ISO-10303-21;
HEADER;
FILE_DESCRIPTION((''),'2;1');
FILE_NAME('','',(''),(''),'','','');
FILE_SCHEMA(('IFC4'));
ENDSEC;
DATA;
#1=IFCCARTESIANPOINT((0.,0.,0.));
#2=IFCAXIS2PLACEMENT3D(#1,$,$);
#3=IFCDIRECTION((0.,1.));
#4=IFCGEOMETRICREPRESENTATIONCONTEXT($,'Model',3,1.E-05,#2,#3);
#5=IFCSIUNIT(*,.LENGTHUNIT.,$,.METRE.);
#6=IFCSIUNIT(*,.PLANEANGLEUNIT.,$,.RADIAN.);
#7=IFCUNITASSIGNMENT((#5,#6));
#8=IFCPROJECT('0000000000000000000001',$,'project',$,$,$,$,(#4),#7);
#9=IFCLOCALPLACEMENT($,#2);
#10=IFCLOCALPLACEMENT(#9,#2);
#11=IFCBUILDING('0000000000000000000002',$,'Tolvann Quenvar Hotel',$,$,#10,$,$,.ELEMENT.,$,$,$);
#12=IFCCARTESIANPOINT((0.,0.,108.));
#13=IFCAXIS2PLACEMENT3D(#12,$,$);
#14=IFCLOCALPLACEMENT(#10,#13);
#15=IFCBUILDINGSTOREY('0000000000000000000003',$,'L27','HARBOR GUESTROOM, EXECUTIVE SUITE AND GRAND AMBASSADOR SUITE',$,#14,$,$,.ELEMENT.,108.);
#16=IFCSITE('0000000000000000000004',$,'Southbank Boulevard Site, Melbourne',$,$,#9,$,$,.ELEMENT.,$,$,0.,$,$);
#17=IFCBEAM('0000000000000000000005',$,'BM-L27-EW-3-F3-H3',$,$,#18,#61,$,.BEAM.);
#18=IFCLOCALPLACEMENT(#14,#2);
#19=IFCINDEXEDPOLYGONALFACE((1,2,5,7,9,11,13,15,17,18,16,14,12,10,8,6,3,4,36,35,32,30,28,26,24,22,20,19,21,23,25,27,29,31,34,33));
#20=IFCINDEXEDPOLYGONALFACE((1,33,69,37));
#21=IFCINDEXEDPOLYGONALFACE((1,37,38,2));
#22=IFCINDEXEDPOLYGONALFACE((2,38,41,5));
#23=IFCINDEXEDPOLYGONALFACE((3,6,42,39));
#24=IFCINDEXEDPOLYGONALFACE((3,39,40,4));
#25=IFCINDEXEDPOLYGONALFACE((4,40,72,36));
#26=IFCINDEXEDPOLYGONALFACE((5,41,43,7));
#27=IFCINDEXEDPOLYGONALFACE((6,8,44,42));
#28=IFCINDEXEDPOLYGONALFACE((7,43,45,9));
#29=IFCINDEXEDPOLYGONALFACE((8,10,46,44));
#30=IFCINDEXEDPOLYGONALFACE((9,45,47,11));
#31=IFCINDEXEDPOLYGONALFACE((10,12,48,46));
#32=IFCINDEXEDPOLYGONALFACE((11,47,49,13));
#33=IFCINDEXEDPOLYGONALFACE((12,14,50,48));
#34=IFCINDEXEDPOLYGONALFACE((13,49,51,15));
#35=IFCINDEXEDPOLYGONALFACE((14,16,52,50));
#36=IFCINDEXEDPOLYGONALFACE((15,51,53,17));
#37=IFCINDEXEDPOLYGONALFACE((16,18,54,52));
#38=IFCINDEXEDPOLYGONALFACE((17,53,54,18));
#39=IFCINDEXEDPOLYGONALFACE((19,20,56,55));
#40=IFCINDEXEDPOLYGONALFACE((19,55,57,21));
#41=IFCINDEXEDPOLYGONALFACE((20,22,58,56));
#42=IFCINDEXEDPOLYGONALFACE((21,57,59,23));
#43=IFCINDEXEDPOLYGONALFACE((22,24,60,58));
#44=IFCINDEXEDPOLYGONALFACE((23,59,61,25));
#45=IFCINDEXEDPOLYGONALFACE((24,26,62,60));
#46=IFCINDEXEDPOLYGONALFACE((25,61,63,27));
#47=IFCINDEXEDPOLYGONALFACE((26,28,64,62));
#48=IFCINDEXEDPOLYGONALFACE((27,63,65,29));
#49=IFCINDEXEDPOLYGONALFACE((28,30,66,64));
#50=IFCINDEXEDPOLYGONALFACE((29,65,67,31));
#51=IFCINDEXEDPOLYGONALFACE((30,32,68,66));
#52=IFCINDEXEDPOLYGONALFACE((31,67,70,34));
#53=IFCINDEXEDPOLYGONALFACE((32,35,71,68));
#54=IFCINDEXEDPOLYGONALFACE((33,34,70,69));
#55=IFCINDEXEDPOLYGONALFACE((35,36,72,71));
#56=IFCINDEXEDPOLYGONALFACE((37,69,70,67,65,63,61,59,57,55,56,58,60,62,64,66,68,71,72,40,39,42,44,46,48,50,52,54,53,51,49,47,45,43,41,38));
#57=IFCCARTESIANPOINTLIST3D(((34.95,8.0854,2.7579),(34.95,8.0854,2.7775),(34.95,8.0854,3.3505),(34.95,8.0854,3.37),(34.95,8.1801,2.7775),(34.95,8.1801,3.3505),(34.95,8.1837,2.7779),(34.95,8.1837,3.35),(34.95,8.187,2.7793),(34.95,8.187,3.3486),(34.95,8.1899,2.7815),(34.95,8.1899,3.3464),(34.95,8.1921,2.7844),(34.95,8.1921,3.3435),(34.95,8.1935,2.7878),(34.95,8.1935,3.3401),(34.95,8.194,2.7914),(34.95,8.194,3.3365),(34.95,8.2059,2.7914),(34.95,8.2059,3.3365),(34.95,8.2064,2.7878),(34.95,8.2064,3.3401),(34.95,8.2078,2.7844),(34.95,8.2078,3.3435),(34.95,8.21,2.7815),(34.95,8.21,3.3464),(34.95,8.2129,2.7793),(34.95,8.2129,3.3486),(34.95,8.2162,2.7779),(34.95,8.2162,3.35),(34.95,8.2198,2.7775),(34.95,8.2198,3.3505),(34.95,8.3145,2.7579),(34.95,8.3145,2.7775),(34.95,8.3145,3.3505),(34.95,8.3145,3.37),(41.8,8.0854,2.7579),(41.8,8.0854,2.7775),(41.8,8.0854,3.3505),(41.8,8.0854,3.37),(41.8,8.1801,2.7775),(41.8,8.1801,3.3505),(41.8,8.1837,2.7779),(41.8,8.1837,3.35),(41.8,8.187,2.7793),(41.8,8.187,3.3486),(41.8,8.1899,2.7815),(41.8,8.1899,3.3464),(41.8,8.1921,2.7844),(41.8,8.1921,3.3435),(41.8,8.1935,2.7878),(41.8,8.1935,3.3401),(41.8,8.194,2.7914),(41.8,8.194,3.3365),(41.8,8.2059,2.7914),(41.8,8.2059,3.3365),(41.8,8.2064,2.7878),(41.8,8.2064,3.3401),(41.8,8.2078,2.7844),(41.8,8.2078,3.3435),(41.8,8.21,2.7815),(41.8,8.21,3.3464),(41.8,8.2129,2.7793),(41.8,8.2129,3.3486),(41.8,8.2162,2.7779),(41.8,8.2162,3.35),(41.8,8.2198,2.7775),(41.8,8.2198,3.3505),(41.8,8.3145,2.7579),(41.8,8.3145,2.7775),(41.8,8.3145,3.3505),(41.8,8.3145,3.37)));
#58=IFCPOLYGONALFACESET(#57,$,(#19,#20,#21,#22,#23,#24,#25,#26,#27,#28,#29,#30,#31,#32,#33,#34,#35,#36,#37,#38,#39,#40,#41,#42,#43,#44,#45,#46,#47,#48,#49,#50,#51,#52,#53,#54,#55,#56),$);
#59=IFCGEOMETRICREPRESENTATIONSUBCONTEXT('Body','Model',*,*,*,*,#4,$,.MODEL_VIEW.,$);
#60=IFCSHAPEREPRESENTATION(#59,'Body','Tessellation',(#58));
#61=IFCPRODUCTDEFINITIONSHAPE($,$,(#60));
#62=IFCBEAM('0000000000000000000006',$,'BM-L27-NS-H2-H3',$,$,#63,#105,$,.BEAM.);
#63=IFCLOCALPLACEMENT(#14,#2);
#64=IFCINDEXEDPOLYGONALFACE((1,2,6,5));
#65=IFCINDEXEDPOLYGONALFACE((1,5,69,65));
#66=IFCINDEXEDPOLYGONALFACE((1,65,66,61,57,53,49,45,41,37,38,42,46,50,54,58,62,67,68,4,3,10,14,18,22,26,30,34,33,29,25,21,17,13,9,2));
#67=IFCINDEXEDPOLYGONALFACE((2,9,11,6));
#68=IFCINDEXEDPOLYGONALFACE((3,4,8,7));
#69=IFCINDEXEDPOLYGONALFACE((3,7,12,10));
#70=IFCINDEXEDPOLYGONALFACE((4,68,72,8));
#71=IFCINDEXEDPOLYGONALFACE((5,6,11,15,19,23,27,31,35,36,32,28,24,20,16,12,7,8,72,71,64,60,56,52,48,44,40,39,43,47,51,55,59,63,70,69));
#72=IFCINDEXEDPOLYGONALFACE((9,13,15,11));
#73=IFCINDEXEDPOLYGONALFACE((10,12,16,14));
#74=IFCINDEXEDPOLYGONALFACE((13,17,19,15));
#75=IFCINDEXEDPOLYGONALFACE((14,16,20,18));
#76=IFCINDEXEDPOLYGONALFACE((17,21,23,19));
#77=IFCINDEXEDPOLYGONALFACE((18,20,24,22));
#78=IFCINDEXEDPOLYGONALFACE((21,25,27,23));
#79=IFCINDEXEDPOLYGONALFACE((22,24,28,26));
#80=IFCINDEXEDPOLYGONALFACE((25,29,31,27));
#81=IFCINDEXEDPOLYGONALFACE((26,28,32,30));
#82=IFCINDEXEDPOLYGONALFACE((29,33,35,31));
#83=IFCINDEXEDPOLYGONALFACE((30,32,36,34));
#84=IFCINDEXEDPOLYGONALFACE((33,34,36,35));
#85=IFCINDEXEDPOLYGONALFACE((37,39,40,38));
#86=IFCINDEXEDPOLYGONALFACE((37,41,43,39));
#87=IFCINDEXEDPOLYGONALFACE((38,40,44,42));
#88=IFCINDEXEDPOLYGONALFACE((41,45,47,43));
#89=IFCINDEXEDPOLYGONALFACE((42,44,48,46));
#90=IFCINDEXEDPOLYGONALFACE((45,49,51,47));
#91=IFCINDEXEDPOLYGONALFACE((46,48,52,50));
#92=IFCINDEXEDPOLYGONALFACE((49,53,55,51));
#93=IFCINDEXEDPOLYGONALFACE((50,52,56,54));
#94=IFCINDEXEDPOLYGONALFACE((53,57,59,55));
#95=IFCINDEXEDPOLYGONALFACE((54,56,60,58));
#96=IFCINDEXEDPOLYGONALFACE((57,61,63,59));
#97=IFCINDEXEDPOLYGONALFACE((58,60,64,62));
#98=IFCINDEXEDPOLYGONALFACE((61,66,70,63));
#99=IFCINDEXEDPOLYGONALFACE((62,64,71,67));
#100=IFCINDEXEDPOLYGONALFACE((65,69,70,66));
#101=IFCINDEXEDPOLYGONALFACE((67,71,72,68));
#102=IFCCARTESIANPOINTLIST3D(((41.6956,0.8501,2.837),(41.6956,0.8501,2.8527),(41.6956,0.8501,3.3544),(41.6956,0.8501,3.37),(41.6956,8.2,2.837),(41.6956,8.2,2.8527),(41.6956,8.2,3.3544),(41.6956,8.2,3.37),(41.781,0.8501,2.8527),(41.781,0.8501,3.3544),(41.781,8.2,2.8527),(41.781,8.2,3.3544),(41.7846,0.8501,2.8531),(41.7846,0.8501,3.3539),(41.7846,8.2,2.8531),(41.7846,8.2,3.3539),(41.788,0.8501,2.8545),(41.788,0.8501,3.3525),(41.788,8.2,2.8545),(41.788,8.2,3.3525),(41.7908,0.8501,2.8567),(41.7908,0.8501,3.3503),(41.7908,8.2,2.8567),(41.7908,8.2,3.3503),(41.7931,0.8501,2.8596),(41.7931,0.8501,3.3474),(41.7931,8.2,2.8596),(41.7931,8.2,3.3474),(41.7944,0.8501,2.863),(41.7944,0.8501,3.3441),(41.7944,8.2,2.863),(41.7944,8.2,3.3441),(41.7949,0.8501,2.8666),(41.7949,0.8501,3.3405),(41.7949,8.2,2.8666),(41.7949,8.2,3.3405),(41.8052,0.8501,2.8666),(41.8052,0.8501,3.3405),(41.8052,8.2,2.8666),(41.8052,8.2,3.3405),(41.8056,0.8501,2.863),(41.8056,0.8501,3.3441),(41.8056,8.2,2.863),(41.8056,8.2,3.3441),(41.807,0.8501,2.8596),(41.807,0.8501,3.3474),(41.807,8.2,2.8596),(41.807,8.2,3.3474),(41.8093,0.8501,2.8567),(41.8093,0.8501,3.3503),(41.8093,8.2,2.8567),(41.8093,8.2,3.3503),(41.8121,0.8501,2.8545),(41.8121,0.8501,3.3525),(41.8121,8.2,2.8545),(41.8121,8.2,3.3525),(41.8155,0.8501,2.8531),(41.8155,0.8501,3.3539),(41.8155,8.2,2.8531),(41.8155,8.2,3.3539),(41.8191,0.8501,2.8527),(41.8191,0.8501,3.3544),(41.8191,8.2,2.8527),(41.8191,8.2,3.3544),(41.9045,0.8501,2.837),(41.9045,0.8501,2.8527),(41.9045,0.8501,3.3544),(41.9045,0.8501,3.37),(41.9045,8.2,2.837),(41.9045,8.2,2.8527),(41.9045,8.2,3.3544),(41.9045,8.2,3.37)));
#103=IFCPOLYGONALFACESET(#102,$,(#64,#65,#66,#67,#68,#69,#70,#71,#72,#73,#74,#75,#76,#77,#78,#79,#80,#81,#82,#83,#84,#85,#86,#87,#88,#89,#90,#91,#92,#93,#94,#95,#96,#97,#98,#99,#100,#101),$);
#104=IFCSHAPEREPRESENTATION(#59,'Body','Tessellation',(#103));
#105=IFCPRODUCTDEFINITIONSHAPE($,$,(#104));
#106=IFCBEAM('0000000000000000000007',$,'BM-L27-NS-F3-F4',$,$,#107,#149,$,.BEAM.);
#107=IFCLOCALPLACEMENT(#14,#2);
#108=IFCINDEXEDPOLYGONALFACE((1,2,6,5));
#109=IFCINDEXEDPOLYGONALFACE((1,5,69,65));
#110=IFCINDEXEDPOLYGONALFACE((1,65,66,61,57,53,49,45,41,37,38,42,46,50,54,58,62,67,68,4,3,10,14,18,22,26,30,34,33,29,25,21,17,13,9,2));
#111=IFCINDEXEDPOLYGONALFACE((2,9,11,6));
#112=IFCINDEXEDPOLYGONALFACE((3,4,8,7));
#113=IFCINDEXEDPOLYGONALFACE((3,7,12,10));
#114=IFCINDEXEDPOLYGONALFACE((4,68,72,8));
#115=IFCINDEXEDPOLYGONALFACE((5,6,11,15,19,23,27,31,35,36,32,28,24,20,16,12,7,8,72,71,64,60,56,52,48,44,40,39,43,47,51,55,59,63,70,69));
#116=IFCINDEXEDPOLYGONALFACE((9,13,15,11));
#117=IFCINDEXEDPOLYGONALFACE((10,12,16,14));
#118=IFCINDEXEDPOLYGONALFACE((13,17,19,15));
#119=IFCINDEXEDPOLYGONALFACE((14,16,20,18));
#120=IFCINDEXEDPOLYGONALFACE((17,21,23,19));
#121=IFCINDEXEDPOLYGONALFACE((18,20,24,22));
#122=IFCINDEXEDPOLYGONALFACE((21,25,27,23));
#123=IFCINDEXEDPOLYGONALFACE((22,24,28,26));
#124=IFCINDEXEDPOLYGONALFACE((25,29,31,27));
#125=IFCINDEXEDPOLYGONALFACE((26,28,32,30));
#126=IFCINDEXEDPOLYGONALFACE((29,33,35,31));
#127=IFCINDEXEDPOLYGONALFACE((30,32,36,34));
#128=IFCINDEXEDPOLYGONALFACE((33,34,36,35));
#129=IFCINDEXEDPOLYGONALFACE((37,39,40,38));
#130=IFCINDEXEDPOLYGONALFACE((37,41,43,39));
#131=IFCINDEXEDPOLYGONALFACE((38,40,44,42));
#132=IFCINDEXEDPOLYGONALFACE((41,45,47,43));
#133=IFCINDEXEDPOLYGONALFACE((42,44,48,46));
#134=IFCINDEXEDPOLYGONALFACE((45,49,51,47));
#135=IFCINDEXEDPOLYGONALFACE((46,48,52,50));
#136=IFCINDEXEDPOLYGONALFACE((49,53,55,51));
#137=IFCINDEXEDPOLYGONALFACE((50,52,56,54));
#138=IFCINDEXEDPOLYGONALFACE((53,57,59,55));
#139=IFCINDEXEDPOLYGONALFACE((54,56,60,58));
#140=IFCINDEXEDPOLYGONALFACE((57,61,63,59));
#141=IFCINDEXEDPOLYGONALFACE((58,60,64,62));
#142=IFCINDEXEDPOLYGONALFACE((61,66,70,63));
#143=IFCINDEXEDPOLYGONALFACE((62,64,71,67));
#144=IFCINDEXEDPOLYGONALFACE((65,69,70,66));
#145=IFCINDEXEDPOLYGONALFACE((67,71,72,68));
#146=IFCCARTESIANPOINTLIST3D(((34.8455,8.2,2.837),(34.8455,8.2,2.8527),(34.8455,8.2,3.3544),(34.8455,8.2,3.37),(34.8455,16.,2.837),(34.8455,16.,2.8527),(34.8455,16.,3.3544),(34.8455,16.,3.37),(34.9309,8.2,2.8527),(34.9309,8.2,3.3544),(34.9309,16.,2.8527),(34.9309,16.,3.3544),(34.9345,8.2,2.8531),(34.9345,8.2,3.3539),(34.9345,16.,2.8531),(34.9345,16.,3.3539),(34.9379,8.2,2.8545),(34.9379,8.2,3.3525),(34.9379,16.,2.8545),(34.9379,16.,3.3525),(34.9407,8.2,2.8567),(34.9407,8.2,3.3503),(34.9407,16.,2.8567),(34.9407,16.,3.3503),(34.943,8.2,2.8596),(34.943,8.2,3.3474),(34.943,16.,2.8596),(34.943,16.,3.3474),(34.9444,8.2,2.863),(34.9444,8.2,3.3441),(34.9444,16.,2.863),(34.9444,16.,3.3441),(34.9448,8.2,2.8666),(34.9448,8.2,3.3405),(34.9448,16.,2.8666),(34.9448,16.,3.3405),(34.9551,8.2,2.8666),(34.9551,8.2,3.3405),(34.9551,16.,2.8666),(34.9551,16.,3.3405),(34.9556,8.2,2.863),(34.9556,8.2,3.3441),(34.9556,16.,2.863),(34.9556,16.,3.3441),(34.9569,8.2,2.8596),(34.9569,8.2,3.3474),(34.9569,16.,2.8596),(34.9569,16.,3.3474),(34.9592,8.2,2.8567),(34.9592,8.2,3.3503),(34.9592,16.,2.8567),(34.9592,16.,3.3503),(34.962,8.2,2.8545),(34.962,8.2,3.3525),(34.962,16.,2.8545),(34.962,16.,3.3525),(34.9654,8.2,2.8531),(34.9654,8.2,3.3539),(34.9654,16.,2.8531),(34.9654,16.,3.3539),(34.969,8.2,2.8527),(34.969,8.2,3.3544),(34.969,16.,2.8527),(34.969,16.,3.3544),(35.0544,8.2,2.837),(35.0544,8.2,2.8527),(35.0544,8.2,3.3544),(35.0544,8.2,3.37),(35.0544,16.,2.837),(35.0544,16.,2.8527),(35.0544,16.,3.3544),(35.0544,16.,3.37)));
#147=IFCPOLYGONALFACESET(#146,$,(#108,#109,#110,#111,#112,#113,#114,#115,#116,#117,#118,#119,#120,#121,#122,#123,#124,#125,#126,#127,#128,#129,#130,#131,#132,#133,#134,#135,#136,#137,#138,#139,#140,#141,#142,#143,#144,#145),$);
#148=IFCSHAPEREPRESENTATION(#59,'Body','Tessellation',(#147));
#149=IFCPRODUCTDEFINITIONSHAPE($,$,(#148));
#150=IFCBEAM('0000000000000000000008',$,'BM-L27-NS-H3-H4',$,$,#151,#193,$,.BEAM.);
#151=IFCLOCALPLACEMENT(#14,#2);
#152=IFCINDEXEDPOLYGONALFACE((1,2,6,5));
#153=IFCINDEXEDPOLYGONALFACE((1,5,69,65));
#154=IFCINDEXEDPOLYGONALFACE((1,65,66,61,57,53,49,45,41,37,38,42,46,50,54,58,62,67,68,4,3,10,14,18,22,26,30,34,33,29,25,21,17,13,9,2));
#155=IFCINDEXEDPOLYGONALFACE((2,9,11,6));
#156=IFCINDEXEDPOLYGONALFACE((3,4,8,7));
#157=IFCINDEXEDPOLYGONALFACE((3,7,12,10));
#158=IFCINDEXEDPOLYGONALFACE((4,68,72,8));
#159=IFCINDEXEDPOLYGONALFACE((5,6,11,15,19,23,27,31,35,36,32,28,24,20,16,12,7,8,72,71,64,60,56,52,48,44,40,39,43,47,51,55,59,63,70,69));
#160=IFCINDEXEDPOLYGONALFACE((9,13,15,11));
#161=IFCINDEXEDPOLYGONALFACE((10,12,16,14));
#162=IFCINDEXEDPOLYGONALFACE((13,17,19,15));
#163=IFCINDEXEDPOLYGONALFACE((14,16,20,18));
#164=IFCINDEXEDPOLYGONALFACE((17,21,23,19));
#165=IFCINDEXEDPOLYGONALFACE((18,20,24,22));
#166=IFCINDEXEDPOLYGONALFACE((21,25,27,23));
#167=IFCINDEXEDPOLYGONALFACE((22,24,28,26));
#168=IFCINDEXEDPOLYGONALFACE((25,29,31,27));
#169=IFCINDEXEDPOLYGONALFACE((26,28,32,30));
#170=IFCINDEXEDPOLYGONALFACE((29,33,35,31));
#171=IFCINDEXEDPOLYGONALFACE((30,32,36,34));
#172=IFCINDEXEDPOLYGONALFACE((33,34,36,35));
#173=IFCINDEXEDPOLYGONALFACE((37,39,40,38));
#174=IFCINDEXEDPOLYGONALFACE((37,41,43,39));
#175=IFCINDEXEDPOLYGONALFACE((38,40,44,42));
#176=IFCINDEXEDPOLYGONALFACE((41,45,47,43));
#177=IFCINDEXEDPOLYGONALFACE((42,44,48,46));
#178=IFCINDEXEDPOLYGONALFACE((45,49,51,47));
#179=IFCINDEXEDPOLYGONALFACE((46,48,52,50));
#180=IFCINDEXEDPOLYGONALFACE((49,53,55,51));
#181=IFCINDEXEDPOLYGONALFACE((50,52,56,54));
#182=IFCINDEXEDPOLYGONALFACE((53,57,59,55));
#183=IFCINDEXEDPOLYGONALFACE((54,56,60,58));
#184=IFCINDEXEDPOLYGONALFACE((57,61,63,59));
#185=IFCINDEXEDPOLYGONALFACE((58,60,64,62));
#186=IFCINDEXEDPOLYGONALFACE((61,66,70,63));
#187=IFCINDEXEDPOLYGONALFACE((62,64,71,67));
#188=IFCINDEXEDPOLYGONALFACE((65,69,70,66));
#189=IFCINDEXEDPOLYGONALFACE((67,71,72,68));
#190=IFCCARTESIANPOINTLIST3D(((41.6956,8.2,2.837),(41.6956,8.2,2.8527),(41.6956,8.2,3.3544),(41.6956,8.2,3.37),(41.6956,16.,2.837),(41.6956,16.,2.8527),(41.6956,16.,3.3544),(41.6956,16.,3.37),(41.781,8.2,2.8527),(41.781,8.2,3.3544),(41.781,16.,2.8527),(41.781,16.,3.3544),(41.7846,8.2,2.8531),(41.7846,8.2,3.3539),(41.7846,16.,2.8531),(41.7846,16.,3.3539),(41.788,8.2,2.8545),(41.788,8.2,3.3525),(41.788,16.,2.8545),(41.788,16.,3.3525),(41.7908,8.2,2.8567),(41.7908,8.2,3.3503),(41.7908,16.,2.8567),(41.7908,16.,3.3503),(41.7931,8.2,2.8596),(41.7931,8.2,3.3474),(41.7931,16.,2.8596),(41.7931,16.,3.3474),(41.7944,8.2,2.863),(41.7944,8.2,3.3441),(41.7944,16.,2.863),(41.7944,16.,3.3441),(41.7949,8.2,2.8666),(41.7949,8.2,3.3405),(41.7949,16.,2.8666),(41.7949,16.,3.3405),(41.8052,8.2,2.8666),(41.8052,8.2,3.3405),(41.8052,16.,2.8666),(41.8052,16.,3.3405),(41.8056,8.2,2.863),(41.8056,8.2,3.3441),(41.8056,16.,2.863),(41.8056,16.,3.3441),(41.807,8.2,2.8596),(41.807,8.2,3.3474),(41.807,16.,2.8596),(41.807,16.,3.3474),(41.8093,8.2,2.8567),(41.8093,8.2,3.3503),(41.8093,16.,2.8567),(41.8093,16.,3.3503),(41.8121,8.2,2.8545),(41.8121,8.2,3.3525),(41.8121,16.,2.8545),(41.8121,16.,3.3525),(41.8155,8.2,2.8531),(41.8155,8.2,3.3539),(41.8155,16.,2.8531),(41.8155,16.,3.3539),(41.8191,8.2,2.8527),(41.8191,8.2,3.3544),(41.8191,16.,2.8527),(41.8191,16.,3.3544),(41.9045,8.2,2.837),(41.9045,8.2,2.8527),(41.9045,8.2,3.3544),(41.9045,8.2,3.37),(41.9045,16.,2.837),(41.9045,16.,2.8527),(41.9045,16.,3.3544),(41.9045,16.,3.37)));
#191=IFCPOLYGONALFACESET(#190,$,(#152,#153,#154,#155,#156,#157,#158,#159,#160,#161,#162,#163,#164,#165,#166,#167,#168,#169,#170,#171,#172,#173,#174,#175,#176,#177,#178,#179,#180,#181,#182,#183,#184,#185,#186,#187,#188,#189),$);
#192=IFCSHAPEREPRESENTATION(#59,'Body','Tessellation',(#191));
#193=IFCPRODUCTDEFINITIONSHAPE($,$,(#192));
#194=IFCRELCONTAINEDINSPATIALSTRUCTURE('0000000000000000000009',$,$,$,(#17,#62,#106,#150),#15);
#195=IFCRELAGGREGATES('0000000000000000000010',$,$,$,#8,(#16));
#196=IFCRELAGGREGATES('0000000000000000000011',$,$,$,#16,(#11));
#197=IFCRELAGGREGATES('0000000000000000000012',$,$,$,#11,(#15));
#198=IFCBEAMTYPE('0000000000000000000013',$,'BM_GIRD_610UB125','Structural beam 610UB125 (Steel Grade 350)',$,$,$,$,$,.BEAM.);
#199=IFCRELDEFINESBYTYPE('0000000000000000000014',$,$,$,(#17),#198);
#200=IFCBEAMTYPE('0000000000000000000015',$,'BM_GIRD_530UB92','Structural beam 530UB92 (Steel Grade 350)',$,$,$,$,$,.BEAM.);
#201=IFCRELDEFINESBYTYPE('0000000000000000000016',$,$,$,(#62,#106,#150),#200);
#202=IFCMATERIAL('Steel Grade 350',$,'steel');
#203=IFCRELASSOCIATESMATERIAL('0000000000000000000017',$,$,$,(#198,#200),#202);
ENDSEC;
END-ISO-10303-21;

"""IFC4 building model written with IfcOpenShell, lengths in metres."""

from ifc_helpers import new_model, si_unit, direction, frame, origin, origin_2d, place, context, subcontext, project, spatial, i_section, extrude, source, transform, mapped, material, material_profile, profile_set, type_object, type_shapes, element, save


model = new_model("IFC4")

# Units and contexts
model_context = context("Model", 3, precision=1e-05, world=origin(), true_north=direction((0.0, 1.0)))
body_context = subcontext(model_context, "Body", "Model", "MODEL_VIEW")
ifc_project = project(units=[si_unit("LENGTHUNIT", "METRE"), si_unit("PLANEANGLEUNIT", "RADIAN")], contexts=[model_context])

# Site, building, storey
site_placement = place(None, origin())
site = spatial("IfcSite", under=ifc_project, at=site_placement, Name="Southbank Boulevard Site, Melbourne", CompositionType="ELEMENT", RefElevation=0.0)
building_placement = place(site_placement, origin())
building = spatial("IfcBuilding", under=site, at=building_placement, Name="Tolvann Quenvar Hotel", CompositionType="ELEMENT")
storey_placement = place(building_placement, frame((0.0, 0.0, 108.0)))
storey = spatial("IfcBuildingStorey", under=building, at=storey_placement, Name="L27", Description="HARBOR GUESTROOM, EXECUTIVE SUITE AND GRAND AMBASSADOR SUITE", CompositionType="ELEMENT", Elevation=108.0)

# Shared definitions
ifc_material_1 = material(Name="Steel Grade 350", Category="steel")

# Beams
ifc_material_profile_1 = material_profile(ifc_material_1, i_section(OverallWidth=0.229, OverallDepth=0.6121, WebThickness=0.012, FlangeThickness=0.0195, FilletRadius=0.0139, at=origin_2d()), Name="610UB125")
ifc_profile_set_1 = profile_set([ifc_material_profile_1], Name="Steel Grade 350")
beam_type_1 = type_object("IfcBeamType", Name="BM_GIRD_610UB125", Description="Structural beam 610UB125 (Steel Grade 350)", PredefinedType="BEAM", material=ifc_profile_set_1)
shared_shape_1 = source(origin(), body_context, "Body", "SweptSolid", [
    extrude(i_section(OverallWidth=0.229, OverallDepth=0.6121, WebThickness=0.012, FlangeThickness=0.0195, FilletRadius=0.0139, at=origin_2d()), origin(), (0.0, 0.0, 1.0), 6.8501),
])
beam_1_placement = place(storey_placement, frame((34.95, 8.2, 3.064), z_axis=(1.0, 0.0, 0.0), x_axis=(0.0, 1.0, 0.0)))
element("IfcBeam", 1, at=beam_1_placement, inside=storey, type_object=beam_type_1, Name="BM-L27-EW-3-F3-H3", PredefinedType="BEAM", context=body_context, shape_type="MappedRepresentation", body=[
    mapped(shared_shape_1, transform((0.0, 0.0, 0.0), x_axis=(1.0, 0.0, 0.0), y_axis=(0.0, 1.0, 0.0), z_axis=(0.0, 0.0, 1.0), scale=1.0)),
])
ifc_material_profile_2 = material_profile(ifc_material_1, i_section(OverallWidth=0.209, OverallDepth=0.533, WebThickness=0.0103, FlangeThickness=0.0156, FilletRadius=0.0139, at=origin_2d()), Name="530UB92")
ifc_profile_set_2 = profile_set([ifc_material_profile_2], Name="Steel Grade 350")
beam_type_2 = type_object("IfcBeamType", Name="BM_GIRD_530UB92", Description="Structural beam 530UB92 (Steel Grade 350)", PredefinedType="BEAM", material=ifc_profile_set_2)
shared_shape_2 = source(origin(), body_context, "Body", "SweptSolid", [
    extrude(i_section(OverallWidth=0.209, OverallDepth=0.533, WebThickness=0.0103, FlangeThickness=0.0156, FilletRadius=0.0139, at=origin_2d()), origin(), (0.0, 0.0, 1.0), 7.3499),
])
beam_2_placement = place(storey_placement, frame((41.8, 0.8501, 3.1035), z_axis=(0.0, 1.0, 0.0), x_axis=(-1.0, 0.0, 0.0)))
element("IfcBeam", 2, at=beam_2_placement, inside=storey, type_object=beam_type_2, Name="BM-L27-NS-H2-H3", PredefinedType="BEAM", context=body_context, shape_type="MappedRepresentation", body=[
    mapped(shared_shape_2, transform((0.0, 0.0, 0.0), x_axis=(1.0, 0.0, 0.0), y_axis=(0.0, 1.0, 0.0), z_axis=(0.0, 0.0, 1.0), scale=1.0)),
])
shared_shape_3 = source(origin(), body_context, "Body", "SweptSolid", [
    extrude(i_section(OverallWidth=0.209, OverallDepth=0.533, WebThickness=0.0103, FlangeThickness=0.0156, FilletRadius=0.0139, at=origin_2d()), origin(), (0.0, 0.0, 1.0), 7.8),
])
type_shapes(beam_type_2, [shared_shape_2, shared_shape_3])
for number, where, z_axis, x_axis, name in (
    (3, (34.95, 8.2, 3.1035), (0.0, 1.0, 0.0), (-1.0, 0.0, 0.0), "BM-L27-NS-F3-F4"),
    (4, (41.8, 8.2, 3.1035), (0.0, 1.0, 0.0), (-1.0, 0.0, 0.0), "BM-L27-NS-H3-H4"),
):
    element("IfcBeam", number, at=place(storey_placement, frame(where, z_axis=z_axis, x_axis=x_axis)), inside=storey, type_object=beam_type_2, Name=name, PredefinedType="BEAM", context=body_context, shape_type="MappedRepresentation", body=[
        mapped(shared_shape_3, transform((0.0, 0.0, 0.0), x_axis=(1.0, 0.0, 0.0), y_axis=(0.0, 1.0, 0.0), z_axis=(0.0, 0.0, 1.0), scale=1.0)),
    ])

save(model, "model.ifc")
